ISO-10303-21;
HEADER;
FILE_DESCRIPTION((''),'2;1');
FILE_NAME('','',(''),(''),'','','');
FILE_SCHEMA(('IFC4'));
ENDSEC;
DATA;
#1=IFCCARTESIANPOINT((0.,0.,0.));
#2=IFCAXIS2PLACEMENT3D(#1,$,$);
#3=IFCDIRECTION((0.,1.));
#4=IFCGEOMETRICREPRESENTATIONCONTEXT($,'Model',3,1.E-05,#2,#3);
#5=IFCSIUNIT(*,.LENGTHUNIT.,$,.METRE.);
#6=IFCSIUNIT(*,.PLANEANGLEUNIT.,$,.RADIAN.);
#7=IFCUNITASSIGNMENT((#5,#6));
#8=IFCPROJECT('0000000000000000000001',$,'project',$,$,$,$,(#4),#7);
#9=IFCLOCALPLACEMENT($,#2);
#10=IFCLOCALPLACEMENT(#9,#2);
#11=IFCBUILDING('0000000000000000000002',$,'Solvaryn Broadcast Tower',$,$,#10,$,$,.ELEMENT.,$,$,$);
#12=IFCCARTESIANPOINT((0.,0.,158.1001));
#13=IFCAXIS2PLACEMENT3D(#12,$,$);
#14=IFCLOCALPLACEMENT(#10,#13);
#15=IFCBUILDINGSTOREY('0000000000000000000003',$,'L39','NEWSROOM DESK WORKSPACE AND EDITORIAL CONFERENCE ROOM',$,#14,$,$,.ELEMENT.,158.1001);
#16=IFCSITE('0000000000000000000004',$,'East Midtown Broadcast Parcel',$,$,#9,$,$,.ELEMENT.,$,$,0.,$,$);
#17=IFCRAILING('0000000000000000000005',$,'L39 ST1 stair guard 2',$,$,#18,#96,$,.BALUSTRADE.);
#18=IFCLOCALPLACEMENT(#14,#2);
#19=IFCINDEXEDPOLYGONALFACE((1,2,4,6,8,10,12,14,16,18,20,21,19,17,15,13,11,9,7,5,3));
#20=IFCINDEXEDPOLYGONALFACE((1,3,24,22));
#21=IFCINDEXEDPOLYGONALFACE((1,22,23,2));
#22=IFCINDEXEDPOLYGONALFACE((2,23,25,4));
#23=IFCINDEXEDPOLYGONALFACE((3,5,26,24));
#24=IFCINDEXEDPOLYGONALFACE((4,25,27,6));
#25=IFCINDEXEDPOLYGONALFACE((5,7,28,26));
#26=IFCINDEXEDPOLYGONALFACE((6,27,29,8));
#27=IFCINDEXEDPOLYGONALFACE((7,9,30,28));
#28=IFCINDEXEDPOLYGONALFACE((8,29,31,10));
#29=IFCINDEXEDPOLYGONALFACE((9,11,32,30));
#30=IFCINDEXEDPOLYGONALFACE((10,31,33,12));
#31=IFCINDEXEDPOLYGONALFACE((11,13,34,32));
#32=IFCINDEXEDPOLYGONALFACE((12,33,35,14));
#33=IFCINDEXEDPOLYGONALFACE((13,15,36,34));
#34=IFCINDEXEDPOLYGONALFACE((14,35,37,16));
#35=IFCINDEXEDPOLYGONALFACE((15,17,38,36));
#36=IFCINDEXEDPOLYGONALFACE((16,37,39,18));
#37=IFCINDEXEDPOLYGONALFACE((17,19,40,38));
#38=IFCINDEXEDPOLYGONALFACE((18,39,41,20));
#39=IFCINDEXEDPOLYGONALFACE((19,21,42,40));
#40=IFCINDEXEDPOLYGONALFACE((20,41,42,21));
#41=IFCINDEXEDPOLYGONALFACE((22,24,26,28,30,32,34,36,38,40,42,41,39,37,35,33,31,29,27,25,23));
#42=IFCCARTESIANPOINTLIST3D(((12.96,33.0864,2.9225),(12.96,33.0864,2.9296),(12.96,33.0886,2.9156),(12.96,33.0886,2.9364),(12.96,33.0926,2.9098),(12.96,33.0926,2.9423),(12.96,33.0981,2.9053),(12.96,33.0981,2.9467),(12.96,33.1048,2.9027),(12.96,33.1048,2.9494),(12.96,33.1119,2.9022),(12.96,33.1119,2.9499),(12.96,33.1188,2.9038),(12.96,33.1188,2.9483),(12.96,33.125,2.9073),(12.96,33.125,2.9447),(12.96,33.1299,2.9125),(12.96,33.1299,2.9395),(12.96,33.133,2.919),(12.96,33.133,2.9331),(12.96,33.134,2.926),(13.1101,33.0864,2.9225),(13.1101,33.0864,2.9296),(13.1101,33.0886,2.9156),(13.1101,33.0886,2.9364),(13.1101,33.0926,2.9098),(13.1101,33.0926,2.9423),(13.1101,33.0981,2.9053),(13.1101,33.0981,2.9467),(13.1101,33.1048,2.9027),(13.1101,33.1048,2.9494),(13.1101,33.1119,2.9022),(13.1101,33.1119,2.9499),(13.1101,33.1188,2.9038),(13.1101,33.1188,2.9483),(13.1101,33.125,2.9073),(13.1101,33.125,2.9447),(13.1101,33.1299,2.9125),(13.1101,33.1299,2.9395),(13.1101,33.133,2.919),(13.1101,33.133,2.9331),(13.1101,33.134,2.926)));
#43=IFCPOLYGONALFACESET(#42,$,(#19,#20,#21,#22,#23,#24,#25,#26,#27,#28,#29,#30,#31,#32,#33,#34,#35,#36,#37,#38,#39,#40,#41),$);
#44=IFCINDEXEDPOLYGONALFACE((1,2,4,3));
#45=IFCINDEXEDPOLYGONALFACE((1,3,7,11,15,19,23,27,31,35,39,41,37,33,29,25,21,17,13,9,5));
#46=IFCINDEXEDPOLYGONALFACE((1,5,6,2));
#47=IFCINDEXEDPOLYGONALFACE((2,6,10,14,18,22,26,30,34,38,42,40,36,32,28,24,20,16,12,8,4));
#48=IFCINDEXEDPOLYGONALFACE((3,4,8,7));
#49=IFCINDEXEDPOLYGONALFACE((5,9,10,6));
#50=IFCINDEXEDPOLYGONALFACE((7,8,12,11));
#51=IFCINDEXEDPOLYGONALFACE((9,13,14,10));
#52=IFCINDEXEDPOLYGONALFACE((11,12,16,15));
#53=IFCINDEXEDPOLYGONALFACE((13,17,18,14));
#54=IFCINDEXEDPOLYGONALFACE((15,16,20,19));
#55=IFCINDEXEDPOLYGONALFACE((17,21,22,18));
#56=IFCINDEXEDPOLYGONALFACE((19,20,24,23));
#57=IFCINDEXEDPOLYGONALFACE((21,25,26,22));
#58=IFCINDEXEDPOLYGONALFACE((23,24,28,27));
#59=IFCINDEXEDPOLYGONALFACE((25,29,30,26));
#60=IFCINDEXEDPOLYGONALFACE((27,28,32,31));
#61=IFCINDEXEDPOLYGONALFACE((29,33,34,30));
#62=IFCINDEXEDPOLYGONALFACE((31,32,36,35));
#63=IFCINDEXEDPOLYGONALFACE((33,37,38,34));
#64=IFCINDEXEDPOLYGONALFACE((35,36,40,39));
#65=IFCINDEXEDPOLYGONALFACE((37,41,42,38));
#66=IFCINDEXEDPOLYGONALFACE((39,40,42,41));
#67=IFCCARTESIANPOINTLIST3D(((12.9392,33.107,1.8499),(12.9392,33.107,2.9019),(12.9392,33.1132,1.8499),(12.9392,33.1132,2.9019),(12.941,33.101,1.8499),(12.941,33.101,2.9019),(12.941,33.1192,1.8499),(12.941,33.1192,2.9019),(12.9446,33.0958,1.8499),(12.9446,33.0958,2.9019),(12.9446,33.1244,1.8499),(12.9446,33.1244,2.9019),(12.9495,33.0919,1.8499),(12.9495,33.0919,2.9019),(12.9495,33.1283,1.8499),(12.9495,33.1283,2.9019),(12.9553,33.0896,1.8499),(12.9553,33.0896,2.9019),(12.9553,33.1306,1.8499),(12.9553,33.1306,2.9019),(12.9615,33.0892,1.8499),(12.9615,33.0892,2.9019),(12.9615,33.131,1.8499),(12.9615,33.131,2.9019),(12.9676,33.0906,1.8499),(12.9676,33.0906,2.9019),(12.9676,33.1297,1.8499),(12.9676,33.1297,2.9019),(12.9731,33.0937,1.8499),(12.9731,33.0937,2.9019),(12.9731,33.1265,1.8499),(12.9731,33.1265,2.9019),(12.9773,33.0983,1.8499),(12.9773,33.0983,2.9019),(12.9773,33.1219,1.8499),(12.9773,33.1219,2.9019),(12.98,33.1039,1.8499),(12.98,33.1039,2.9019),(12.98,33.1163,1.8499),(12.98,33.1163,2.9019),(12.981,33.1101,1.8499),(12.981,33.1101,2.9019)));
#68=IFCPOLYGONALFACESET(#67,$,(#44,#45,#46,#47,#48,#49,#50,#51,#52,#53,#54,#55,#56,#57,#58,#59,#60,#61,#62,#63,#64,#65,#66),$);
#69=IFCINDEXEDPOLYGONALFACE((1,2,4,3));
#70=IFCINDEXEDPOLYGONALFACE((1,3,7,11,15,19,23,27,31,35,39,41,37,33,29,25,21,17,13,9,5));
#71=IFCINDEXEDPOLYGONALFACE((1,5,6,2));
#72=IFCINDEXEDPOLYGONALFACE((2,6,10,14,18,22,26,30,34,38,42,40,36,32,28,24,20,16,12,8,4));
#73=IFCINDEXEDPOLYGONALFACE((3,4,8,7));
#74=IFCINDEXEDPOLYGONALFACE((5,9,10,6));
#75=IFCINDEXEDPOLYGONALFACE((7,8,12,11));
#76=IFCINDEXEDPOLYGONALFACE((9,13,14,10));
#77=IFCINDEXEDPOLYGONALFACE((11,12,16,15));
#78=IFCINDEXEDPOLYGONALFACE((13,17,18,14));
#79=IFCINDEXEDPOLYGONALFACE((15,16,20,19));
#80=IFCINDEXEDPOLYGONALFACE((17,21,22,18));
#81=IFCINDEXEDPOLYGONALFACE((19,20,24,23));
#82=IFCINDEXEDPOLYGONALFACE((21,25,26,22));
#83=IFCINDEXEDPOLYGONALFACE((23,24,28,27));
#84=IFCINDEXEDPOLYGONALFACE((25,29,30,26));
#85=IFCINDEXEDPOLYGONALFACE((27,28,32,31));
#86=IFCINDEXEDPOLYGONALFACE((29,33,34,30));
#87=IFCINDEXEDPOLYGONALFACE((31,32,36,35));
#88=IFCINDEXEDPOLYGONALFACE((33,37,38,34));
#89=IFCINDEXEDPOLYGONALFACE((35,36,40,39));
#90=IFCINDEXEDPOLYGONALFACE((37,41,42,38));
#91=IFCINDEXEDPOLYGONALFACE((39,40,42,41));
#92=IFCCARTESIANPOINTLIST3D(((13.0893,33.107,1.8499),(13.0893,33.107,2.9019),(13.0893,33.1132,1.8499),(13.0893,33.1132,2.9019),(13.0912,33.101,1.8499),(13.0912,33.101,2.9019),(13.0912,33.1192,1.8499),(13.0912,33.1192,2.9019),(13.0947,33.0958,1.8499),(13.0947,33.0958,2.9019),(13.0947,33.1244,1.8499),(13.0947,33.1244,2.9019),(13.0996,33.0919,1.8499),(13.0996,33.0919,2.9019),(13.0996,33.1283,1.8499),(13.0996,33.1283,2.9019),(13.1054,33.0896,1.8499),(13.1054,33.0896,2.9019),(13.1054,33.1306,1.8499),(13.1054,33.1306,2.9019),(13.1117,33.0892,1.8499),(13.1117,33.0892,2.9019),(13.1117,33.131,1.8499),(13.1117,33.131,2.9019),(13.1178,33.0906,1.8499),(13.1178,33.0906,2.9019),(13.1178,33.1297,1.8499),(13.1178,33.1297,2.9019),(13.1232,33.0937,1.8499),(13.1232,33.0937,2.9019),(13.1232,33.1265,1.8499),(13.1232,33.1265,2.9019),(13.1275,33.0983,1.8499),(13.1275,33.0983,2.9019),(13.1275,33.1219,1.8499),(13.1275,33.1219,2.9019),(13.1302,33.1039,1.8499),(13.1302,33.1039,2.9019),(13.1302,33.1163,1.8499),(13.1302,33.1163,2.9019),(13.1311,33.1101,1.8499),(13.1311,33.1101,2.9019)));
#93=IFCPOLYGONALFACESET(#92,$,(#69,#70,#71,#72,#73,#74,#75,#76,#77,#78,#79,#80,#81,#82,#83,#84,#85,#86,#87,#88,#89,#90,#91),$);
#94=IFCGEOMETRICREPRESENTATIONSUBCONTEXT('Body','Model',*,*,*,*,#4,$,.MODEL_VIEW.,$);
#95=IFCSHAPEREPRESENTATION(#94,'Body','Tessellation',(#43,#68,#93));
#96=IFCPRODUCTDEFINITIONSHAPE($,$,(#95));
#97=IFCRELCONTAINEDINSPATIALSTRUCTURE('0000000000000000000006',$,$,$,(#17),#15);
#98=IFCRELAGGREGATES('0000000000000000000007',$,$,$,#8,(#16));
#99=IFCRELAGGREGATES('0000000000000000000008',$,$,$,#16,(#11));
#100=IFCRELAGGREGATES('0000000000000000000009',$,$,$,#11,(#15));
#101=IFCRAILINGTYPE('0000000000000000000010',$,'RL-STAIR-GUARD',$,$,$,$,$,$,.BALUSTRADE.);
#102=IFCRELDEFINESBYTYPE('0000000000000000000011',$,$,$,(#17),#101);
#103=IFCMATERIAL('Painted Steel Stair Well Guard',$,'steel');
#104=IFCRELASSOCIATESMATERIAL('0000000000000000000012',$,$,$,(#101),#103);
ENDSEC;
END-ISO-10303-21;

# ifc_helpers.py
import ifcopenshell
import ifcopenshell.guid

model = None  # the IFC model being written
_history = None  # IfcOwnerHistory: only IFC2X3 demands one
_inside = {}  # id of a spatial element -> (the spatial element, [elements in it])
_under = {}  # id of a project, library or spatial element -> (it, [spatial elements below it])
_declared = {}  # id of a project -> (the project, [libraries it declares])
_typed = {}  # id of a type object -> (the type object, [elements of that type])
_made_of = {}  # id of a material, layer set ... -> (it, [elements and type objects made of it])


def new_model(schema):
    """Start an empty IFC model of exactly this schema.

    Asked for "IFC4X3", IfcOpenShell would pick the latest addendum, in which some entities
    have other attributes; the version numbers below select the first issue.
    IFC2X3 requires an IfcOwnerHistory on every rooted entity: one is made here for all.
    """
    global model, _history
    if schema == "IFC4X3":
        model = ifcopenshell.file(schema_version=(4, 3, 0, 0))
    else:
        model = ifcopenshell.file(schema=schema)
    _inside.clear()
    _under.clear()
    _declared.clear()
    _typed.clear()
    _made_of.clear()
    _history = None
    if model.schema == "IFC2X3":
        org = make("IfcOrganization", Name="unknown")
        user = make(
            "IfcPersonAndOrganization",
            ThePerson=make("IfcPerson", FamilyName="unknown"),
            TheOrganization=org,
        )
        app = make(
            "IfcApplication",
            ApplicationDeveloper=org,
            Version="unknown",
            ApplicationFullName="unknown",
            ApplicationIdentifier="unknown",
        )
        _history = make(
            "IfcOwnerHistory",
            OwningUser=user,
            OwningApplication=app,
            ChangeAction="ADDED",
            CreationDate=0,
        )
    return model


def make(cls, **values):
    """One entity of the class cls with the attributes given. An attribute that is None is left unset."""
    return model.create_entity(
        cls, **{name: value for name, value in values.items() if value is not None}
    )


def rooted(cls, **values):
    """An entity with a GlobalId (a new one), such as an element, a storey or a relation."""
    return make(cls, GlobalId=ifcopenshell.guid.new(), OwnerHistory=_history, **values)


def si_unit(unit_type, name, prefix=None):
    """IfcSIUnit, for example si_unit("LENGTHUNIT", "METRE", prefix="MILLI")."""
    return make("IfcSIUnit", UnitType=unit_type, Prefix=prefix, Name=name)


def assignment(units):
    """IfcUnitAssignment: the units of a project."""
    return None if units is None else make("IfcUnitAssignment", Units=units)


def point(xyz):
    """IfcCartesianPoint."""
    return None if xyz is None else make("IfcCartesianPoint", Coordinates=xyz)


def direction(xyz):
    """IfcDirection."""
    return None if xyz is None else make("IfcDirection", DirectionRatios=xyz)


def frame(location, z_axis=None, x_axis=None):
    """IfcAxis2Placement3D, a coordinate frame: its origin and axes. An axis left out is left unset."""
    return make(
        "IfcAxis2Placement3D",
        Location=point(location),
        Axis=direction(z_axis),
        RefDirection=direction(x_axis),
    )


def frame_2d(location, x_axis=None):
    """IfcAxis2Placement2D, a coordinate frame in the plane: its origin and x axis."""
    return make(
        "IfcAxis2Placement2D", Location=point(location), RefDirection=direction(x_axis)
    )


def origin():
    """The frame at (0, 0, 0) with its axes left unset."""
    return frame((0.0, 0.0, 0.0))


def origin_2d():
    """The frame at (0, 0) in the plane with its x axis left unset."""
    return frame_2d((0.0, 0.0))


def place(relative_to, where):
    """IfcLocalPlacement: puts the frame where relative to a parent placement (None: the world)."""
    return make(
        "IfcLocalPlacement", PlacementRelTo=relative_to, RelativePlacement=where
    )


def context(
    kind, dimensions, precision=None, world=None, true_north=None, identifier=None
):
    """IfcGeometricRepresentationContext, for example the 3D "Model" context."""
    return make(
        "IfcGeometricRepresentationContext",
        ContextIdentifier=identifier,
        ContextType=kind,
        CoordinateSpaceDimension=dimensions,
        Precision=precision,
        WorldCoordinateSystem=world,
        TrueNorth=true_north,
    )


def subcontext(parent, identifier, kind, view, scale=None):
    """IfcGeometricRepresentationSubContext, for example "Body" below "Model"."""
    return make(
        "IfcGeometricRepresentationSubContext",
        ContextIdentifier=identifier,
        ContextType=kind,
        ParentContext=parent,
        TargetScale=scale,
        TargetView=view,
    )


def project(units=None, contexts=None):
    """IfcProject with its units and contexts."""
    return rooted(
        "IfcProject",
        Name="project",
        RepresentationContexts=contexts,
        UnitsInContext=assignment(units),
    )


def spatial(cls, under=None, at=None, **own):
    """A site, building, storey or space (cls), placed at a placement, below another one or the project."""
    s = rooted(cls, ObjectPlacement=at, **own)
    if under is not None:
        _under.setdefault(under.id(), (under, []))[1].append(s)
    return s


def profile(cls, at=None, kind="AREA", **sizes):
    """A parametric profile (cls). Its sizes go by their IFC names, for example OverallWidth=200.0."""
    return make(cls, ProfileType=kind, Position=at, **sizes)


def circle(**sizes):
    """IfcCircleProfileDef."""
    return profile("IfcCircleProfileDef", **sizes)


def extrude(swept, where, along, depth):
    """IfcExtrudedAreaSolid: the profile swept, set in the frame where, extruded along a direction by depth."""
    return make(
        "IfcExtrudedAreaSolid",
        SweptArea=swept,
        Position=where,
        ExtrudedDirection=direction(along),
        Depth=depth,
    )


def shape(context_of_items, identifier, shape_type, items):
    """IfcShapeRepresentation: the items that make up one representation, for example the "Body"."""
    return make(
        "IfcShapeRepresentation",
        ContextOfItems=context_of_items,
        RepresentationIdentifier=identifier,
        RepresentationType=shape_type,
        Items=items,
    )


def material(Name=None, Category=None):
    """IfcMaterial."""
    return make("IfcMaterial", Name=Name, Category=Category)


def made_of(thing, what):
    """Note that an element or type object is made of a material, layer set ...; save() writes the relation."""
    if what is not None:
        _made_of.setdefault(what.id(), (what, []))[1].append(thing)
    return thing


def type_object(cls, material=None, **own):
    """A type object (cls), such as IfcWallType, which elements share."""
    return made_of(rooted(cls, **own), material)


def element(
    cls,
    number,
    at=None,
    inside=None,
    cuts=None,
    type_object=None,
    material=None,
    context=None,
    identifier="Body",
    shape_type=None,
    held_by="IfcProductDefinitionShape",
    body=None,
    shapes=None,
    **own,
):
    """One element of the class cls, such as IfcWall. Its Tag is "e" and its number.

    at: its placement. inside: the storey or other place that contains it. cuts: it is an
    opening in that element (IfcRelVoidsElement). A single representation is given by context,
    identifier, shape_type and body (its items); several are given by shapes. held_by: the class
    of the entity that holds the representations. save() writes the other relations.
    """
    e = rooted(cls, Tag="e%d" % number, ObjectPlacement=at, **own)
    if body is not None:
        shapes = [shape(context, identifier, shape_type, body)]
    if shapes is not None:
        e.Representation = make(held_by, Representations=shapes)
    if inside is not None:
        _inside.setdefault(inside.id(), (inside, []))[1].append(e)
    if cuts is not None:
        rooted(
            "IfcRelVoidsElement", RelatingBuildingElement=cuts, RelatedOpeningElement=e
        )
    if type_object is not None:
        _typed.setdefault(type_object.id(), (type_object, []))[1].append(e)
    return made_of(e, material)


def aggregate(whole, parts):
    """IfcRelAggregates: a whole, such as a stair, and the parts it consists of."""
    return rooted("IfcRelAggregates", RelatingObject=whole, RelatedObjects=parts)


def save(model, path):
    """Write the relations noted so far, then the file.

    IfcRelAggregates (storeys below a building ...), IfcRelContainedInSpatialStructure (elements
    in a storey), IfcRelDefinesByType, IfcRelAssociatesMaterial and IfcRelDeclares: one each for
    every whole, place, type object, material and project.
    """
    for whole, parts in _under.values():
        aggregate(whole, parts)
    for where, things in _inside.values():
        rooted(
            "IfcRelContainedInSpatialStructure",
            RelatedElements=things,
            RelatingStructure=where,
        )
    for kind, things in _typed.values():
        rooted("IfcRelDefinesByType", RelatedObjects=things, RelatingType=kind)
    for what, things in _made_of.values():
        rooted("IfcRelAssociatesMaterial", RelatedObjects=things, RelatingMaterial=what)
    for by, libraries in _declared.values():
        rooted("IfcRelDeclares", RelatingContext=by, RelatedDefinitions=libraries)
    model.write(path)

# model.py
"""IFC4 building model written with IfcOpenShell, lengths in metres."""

from ifc_helpers import new_model, si_unit, direction, frame, origin, origin_2d, place, context, subcontext, project, spatial, circle, extrude, material, type_object, element, save


model = new_model("IFC4")

# Units and contexts
model_context = context("Model", 3, precision=1e-05, world=origin(), true_north=direction((0.0, 1.0)))
body_context = subcontext(model_context, "Body", "Model", "MODEL_VIEW")
ifc_project = project(units=[si_unit("LENGTHUNIT", "METRE"), si_unit("PLANEANGLEUNIT", "RADIAN")], contexts=[model_context])

# Site, building, storey
site_placement = place(None, origin())
site = spatial("IfcSite", under=ifc_project, at=site_placement, Name="East Midtown Broadcast Parcel", CompositionType="ELEMENT", RefElevation=0.0)
building_placement = place(site_placement, origin())
building = spatial("IfcBuilding", under=site, at=building_placement, Name="Solvaryn Broadcast Tower", CompositionType="ELEMENT")
storey_placement = place(building_placement, frame((0.0, 0.0, 158.1001)))
storey = spatial("IfcBuildingStorey", under=building, at=storey_placement, Name="L39", Description="NEWSROOM DESK WORKSPACE AND EDITORIAL CONFERENCE ROOM", CompositionType="ELEMENT", Elevation=158.1001)

# Railing
ifc_material_1 = material(Name="Painted Steel Stair Well Guard", Category="steel")
railing_type_1 = type_object("IfcRailingType", Name="RL-STAIR-GUARD", PredefinedType="BALUSTRADE", material=ifc_material_1)
railing_1_placement = place(storey_placement, frame((12.96, 33.1101, 1.8499)))
element("IfcRailing", 1, at=railing_1_placement, inside=storey, type_object=railing_type_1, Name="L39 ST1 stair guard 2", PredefinedType="BALUSTRADE", context=body_context, shape_type="SweptSolid", body=[
    extrude(circle(Radius=0.0239, at=origin_2d()), frame((0.0, 0.0, 1.0762), z_axis=(1.0, 0.0, 0.0), x_axis=(0.0, 1.0, 0.0)), (0.0, 0.0, 1.0), 0.1501),
    extrude(circle(Radius=0.021, at=origin_2d()), origin(), (0.0, 0.0, 1.0), 1.052),
    extrude(circle(Radius=0.021, at=origin_2d()), frame((0.1501, 0.0, 0.0)), (0.0, 0.0, 1.0), 1.052),
])

save(model, "model.ifc")
